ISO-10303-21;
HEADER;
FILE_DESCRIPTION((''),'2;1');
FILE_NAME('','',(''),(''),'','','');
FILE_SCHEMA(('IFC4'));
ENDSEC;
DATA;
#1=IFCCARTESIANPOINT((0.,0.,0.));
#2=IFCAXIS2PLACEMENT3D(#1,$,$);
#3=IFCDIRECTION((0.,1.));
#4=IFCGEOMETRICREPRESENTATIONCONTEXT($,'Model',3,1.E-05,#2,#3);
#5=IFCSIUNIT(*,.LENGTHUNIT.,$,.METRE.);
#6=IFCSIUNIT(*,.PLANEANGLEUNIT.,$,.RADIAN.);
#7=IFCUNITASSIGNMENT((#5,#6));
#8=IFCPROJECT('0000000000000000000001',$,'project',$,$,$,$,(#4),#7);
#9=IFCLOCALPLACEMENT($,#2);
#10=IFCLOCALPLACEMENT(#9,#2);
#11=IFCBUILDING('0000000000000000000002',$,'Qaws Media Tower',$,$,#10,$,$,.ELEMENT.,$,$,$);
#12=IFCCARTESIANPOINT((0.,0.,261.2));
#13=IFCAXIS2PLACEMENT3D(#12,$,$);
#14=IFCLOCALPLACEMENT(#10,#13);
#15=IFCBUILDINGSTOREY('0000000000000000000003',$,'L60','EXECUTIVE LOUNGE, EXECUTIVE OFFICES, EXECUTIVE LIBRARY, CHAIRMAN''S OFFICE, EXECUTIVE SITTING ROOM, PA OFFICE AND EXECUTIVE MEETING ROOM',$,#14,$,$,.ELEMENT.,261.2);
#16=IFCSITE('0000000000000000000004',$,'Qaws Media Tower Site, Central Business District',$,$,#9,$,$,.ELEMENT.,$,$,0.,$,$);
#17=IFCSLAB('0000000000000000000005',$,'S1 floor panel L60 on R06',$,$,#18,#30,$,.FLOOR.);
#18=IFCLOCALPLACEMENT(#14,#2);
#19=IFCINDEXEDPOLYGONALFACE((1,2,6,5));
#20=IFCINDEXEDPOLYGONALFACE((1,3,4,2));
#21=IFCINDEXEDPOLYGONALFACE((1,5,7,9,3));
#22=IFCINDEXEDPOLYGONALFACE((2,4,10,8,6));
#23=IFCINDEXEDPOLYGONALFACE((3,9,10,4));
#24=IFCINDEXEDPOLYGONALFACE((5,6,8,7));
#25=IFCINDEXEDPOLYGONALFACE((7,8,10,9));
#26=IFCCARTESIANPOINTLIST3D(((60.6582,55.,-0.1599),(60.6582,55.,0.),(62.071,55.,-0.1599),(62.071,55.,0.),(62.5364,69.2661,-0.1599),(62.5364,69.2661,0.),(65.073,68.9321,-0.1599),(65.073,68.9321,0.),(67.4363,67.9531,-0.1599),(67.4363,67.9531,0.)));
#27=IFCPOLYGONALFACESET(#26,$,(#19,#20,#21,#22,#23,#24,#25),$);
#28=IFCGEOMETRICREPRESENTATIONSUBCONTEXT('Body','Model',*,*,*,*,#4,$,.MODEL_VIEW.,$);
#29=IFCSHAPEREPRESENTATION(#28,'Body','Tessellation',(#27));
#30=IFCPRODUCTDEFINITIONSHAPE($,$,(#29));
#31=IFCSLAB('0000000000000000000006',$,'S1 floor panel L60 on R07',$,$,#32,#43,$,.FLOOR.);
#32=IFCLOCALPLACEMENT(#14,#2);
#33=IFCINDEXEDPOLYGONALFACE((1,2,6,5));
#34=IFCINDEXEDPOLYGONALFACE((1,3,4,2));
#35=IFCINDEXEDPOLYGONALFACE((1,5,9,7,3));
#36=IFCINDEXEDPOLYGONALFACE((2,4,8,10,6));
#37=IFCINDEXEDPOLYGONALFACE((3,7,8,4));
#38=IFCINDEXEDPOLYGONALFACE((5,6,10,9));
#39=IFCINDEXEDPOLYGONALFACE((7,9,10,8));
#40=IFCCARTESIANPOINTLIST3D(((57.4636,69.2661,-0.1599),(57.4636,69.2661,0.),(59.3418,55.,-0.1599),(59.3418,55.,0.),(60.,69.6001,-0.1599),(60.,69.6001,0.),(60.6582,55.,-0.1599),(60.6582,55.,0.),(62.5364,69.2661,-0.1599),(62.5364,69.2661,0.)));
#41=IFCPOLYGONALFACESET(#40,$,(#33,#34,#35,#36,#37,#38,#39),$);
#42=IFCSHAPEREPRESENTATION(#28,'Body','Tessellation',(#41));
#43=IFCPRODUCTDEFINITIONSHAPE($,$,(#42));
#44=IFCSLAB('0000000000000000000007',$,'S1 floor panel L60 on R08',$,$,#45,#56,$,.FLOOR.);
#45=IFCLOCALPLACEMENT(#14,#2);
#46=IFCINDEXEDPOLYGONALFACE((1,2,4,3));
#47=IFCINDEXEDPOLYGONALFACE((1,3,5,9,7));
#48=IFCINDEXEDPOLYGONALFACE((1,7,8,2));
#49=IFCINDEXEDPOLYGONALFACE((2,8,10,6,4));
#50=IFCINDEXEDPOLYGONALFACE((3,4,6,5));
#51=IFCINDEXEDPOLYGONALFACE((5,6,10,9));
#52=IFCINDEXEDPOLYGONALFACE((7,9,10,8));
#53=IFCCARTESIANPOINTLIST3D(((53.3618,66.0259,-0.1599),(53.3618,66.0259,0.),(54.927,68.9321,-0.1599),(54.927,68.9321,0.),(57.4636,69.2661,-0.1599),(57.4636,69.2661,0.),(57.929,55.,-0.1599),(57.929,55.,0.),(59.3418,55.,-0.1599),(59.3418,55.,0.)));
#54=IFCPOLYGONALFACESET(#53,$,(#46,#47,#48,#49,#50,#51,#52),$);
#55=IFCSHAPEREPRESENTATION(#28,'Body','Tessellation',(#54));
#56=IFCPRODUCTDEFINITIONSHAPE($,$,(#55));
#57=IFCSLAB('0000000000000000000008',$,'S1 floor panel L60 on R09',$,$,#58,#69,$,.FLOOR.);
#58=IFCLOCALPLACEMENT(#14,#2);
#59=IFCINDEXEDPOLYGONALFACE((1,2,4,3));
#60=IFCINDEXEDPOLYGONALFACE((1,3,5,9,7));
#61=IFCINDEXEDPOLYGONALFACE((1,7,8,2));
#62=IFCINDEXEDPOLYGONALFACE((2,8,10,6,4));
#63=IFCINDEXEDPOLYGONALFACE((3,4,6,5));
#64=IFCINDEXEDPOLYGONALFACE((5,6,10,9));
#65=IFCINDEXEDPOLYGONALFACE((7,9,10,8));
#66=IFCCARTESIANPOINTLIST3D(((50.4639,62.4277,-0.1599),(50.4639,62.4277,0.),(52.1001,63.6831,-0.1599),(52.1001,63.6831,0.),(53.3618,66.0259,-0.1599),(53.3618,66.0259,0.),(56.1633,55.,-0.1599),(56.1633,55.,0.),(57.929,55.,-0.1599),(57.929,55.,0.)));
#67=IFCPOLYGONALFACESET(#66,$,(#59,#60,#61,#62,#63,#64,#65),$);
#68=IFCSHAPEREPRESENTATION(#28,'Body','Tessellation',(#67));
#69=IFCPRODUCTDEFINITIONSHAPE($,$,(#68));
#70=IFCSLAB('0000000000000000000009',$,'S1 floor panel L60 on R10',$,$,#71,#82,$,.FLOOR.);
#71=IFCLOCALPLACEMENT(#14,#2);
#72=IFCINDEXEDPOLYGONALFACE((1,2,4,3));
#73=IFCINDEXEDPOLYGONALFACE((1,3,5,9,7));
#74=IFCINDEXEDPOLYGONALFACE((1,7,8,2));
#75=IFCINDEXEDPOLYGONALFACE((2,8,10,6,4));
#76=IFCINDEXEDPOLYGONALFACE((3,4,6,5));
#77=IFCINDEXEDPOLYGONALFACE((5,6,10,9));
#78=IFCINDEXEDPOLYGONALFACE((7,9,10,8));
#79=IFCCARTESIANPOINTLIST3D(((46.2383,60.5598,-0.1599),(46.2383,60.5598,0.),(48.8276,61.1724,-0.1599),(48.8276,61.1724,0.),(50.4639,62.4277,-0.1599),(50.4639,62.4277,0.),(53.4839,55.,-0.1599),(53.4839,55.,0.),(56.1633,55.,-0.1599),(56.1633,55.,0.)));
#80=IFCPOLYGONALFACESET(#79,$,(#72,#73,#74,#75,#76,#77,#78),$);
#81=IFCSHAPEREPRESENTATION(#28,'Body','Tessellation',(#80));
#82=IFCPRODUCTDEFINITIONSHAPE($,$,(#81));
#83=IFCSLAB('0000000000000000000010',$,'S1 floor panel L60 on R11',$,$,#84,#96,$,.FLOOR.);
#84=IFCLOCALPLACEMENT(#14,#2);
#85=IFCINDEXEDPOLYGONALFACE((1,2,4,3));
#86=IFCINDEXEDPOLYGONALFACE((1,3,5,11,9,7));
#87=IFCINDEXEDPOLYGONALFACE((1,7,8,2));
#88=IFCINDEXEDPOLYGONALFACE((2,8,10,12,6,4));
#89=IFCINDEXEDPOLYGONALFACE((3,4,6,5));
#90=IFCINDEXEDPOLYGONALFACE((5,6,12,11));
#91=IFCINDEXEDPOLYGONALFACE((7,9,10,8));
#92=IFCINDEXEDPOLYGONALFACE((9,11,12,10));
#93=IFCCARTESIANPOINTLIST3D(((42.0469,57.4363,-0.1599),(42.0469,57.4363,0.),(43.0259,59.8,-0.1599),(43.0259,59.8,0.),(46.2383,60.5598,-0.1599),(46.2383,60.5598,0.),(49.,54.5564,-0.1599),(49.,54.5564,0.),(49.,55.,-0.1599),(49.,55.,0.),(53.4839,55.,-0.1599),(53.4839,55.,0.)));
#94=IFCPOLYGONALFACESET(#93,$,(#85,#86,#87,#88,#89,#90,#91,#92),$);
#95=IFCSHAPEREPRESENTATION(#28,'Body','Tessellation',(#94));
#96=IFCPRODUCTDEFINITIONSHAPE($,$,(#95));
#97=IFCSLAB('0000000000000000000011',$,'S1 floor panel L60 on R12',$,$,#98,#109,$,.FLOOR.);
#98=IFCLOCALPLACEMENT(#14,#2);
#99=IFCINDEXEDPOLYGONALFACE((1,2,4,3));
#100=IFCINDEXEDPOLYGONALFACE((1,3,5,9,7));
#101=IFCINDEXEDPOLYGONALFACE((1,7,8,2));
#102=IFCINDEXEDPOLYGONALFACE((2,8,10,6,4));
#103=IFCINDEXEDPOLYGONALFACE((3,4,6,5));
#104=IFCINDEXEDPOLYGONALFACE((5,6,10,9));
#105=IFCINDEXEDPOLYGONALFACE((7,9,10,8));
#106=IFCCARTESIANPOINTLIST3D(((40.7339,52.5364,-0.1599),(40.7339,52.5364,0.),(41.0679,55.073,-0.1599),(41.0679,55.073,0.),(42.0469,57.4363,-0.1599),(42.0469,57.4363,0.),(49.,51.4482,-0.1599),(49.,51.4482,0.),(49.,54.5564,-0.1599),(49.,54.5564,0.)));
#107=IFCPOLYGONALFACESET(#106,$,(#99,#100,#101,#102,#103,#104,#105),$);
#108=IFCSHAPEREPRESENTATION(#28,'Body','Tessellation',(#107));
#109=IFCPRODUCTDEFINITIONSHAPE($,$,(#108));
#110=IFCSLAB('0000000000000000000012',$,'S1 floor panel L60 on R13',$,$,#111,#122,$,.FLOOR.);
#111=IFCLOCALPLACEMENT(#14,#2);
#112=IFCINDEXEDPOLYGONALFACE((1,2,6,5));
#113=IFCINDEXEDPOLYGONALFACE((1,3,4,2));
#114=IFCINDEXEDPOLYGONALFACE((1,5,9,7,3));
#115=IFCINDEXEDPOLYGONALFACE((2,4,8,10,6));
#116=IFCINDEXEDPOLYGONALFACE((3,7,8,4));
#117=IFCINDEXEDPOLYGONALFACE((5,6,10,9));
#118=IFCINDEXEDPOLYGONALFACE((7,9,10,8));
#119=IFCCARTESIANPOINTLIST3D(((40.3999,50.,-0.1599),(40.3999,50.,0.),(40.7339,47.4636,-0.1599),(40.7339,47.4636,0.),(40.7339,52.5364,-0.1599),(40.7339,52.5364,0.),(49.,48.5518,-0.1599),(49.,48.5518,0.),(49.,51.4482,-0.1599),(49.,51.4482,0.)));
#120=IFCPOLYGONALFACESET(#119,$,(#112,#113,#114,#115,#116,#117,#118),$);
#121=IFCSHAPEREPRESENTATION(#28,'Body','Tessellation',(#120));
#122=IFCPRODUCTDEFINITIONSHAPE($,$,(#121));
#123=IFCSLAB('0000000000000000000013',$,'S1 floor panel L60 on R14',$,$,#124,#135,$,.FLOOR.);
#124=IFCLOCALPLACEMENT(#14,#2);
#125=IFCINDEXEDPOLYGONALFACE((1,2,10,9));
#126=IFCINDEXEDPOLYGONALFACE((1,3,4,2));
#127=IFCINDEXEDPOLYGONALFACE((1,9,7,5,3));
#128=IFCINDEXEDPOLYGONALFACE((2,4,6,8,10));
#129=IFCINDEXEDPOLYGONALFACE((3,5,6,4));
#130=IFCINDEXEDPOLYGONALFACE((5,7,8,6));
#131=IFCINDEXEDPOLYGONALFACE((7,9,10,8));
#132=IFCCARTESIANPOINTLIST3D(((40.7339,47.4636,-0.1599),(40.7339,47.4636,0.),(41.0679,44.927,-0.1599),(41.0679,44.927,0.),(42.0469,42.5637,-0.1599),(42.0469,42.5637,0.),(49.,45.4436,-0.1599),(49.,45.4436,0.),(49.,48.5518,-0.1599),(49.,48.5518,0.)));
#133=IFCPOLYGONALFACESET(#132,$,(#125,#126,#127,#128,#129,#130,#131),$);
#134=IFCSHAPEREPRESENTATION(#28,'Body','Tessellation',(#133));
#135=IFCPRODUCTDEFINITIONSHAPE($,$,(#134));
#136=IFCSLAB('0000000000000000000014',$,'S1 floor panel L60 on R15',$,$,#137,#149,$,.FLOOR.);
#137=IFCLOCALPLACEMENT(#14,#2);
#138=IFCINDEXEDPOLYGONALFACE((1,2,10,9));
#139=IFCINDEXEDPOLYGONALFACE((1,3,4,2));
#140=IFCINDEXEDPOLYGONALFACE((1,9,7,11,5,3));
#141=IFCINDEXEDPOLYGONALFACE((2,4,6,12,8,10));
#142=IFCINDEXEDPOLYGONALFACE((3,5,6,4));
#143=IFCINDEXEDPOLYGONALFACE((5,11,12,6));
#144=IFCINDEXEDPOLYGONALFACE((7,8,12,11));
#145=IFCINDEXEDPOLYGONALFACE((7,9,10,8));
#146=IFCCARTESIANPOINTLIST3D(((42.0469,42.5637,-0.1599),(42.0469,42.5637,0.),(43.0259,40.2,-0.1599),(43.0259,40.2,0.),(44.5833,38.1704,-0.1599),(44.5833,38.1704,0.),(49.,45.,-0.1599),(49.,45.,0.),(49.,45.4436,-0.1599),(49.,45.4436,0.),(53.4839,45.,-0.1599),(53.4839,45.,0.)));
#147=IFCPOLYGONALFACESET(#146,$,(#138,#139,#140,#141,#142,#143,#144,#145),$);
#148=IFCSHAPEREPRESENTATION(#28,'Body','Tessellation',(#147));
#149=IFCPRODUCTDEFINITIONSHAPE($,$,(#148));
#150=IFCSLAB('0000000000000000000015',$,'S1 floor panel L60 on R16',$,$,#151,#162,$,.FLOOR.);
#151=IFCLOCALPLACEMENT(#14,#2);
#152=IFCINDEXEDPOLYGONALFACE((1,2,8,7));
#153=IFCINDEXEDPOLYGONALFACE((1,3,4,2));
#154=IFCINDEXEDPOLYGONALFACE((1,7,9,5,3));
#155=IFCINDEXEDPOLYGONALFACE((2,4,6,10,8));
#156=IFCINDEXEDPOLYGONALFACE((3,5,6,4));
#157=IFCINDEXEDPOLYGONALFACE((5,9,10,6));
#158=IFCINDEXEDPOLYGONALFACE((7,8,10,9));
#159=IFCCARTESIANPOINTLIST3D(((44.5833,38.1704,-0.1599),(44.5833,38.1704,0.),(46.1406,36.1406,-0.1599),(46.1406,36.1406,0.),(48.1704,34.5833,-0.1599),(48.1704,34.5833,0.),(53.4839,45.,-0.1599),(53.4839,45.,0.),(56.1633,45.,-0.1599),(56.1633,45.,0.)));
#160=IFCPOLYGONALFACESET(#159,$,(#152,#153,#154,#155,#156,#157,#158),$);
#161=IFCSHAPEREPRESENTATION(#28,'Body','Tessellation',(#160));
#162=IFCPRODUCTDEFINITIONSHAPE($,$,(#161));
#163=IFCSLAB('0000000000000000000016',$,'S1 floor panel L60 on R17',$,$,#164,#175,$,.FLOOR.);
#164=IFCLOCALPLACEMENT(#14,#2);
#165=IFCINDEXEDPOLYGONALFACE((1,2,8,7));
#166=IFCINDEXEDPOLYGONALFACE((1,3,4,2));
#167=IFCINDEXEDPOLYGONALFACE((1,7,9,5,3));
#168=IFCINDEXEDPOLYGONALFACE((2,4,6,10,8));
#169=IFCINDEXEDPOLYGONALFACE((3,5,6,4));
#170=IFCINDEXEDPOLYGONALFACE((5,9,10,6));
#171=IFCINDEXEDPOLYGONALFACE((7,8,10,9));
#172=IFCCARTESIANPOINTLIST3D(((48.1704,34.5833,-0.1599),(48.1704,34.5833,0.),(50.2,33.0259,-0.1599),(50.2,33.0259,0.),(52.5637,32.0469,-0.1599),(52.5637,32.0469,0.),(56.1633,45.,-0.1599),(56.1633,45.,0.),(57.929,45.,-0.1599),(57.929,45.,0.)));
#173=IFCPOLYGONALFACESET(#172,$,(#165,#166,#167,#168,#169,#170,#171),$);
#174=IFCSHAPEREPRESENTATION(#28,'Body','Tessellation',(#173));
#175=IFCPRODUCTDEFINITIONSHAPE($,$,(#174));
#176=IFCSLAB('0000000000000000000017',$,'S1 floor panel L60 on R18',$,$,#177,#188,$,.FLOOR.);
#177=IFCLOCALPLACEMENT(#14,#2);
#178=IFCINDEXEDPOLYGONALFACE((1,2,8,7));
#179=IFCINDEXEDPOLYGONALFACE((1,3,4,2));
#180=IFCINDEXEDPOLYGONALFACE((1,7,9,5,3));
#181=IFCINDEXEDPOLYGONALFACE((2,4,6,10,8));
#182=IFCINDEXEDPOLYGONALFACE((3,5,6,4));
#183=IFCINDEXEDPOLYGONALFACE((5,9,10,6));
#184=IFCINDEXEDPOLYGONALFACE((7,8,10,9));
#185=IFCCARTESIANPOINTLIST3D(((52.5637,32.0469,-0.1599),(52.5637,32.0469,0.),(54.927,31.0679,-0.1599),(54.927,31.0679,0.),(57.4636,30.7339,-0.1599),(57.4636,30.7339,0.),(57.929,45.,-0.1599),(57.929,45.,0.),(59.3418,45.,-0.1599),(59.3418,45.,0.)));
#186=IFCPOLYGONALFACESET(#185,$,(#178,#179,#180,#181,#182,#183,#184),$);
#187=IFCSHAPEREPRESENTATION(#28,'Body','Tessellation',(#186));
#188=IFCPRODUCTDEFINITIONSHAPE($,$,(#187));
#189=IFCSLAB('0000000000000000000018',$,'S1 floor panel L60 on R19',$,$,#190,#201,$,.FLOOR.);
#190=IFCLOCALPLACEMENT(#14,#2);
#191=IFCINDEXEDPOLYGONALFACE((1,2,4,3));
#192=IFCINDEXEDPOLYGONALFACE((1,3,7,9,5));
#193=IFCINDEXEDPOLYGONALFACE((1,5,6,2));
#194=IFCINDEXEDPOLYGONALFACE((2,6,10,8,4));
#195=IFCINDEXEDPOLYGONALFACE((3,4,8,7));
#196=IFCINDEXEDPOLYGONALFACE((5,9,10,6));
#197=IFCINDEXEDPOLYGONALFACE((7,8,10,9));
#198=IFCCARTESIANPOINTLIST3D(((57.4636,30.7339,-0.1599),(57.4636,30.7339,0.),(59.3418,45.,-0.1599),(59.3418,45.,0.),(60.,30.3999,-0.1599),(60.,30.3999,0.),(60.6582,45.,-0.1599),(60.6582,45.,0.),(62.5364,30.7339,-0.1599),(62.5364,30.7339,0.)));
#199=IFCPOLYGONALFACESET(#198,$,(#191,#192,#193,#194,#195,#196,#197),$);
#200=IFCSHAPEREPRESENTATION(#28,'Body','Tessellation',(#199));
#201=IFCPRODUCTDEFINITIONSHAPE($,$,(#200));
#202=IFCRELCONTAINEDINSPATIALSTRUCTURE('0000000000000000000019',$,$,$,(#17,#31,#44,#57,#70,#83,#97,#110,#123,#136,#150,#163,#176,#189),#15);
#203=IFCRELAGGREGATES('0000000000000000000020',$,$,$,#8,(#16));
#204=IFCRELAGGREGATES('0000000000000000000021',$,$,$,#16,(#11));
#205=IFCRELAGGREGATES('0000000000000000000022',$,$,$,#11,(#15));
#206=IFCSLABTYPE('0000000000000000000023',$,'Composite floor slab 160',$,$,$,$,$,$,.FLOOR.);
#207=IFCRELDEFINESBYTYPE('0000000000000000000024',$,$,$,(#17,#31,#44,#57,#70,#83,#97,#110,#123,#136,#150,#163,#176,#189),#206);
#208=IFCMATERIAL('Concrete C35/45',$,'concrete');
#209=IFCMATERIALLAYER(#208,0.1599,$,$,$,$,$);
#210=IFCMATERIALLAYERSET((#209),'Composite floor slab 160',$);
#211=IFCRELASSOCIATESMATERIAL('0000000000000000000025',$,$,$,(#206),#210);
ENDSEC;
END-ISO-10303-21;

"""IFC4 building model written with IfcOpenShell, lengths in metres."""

from ifc_helpers import new_model, si_unit, direction, frame, origin, place, context, subcontext, project, spatial, polyline, outline, extrude, material, layer, layer_set, type_object, element, save


model = new_model("IFC4")

# Units and contexts
model_context = context("Model", 3, precision=1e-05, world=origin(), true_north=direction((0.0, 1.0)))
body_context = subcontext(model_context, "Body", "Model", "MODEL_VIEW")
ifc_project = project(units=[si_unit("LENGTHUNIT", "METRE"), si_unit("PLANEANGLEUNIT", "RADIAN")], contexts=[model_context])

# Site, building, storey
site_placement = place(None, origin())
site = spatial("IfcSite", under=ifc_project, at=site_placement, Name="Qaws Media Tower Site, Central Business District", CompositionType="ELEMENT", RefElevation=0.0)
building_placement = place(site_placement, origin())
building = spatial("IfcBuilding", under=site, at=building_placement, Name="Qaws Media Tower", CompositionType="ELEMENT")
storey_placement = place(building_placement, frame((0.0, 0.0, 261.2)))
storey = spatial("IfcBuildingStorey", under=building, at=storey_placement, Name="L60", Description="EXECUTIVE LOUNGE, EXECUTIVE OFFICES, EXECUTIVE LIBRARY, CHAIRMAN'S OFFICE, EXECUTIVE SITTING ROOM, PA OFFICE AND EXECUTIVE MEETING ROOM", CompositionType="ELEMENT", Elevation=261.2)

# Slabs
ifc_material_1 = material(Name="Concrete C35/45", Category="concrete")
ifc_layer_1 = layer(ifc_material_1, 0.1599)
ifc_layer_set_1 = layer_set([ifc_layer_1], Name="Composite floor slab 160")
slab_type_1 = type_object("IfcSlabType", Name="Composite floor slab 160", PredefinedType="FLOOR", material=ifc_layer_set_1)
slab_1_placement = place(storey_placement, frame((0.0, 0.0, -0.1599)))
element("IfcSlab", 1, at=slab_1_placement, inside=storey, type_object=slab_type_1, Name="S1 floor panel L60 on R06", PredefinedType="FLOOR", context=body_context, shape_type="SweptSolid", body=[
    extrude(outline(polyline([(65.073, 68.9321), (67.4363, 67.9531), (62.071, 55.0), (60.6582, 55.0), (62.5364, 69.2661), (65.073, 68.9321)])), origin(), (0.0, 0.0, 1.0), 0.1599),
])
slab_2_placement = place(storey_placement, frame((0.0, 0.0, -0.1599)))
element("IfcSlab", 2, at=slab_2_placement, inside=storey, type_object=slab_type_1, Name="S1 floor panel L60 on R07", PredefinedType="FLOOR", context=body_context, shape_type="SweptSolid", body=[
    extrude(outline(polyline([(60.0, 69.6001), (62.5364, 69.2661), (60.6582, 55.0), (59.3418, 55.0), (57.4636, 69.2661), (60.0, 69.6001)])), origin(), (0.0, 0.0, 1.0), 0.1599),
])
slab_3_placement = place(storey_placement, frame((0.0, 0.0, -0.1599)))
element("IfcSlab", 3, at=slab_3_placement, inside=storey, type_object=slab_type_1, Name="S1 floor panel L60 on R08", PredefinedType="FLOOR", context=body_context, shape_type="SweptSolid", body=[
    extrude(outline(polyline([(54.927, 68.9321), (57.4636, 69.2661), (59.3418, 55.0), (57.929, 55.0), (53.3618, 66.0259), (54.927, 68.9321)])), origin(), (0.0, 0.0, 1.0), 0.1599),
])
slab_4_placement = place(storey_placement, frame((0.0, 0.0, -0.1599)))
element("IfcSlab", 4, at=slab_4_placement, inside=storey, type_object=slab_type_1, Name="S1 floor panel L60 on R09", PredefinedType="FLOOR", context=body_context, shape_type="SweptSolid", body=[
    extrude(outline(polyline([(52.1001, 63.6831), (53.3618, 66.0259), (57.929, 55.0), (56.1633, 55.0), (50.4639, 62.4277), (52.1001, 63.6831)])), origin(), (0.0, 0.0, 1.0), 0.1599),
])
slab_5_placement = place(storey_placement, frame((0.0, 0.0, -0.1599)))
element("IfcSlab", 5, at=slab_5_placement, inside=storey, type_object=slab_type_1, Name="S1 floor panel L60 on R10", PredefinedType="FLOOR", context=body_context, shape_type="SweptSolid", body=[
    extrude(outline(polyline([(48.8276, 61.1724), (50.4639, 62.4277), (56.1633, 55.0), (53.4839, 55.0), (46.2383, 60.5598), (48.8276, 61.1724)])), origin(), (0.0, 0.0, 1.0), 0.1599),
])
slab_6_placement = place(storey_placement, frame((0.0, 0.0, -0.1599)))
element("IfcSlab", 6, at=slab_6_placement, inside=storey, type_object=slab_type_1, Name="S1 floor panel L60 on R11", PredefinedType="FLOOR", context=body_context, shape_type="SweptSolid", body=[
    extrude(outline(polyline([(43.0259, 59.8), (46.2383, 60.5598), (53.4839, 55.0), (49.0, 55.0), (49.0, 54.5564), (42.0469, 57.4363), (43.0259, 59.8)])), origin(), (0.0, 0.0, 1.0), 0.1599),
])
slab_7_placement = place(storey_placement, frame((0.0, 0.0, -0.1599)))
element("IfcSlab", 7, at=slab_7_placement, inside=storey, type_object=slab_type_1, Name="S1 floor panel L60 on R12", PredefinedType="FLOOR", context=body_context, shape_type="SweptSolid", body=[
    extrude(outline(polyline([(41.0679, 55.073), (42.0469, 57.4363), (49.0, 54.5564), (49.0, 51.4482), (40.7339, 52.5364), (41.0679, 55.073)])), origin(), (0.0, 0.0, 1.0), 0.1599),
])
slab_8_placement = place(storey_placement, frame((0.0, 0.0, -0.1599)))
element("IfcSlab", 8, at=slab_8_placement, inside=storey, type_object=slab_type_1, Name="S1 floor panel L60 on R13", PredefinedType="FLOOR", context=body_context, shape_type="SweptSolid", body=[
    extrude(outline(polyline([(40.3999, 50.0), (40.7339, 52.5364), (49.0, 51.4482), (49.0, 48.5518), (40.7339, 47.4636), (40.3999, 50.0)])), origin(), (0.0, 0.0, 1.0), 0.1599),
])
slab_9_placement = place(storey_placement, frame((0.0, 0.0, -0.1599)))
element("IfcSlab", 9, at=slab_9_placement, inside=storey, type_object=slab_type_1, Name="S1 floor panel L60 on R14", PredefinedType="FLOOR", context=body_context, shape_type="SweptSolid", body=[
    extrude(outline(polyline([(41.0679, 44.927), (40.7339, 47.4636), (49.0, 48.5518), (49.0, 45.4436), (42.0469, 42.5637), (41.0679, 44.927)])), origin(), (0.0, 0.0, 1.0), 0.1599),
])
slab_10_placement = place(storey_placement, frame((0.0, 0.0, -0.1599)))
element("IfcSlab", 10, at=slab_10_placement, inside=storey, type_object=slab_type_1, Name="S1 floor panel L60 on R15", PredefinedType="FLOOR", context=body_context, shape_type="SweptSolid", body=[
    extrude(outline(polyline([(43.0259, 40.2), (42.0469, 42.5637), (49.0, 45.4436), (49.0, 45.0), (53.4839, 45.0), (44.5833, 38.1704), (43.0259, 40.2)])), origin(), (0.0, 0.0, 1.0), 0.1599),
])
slab_11_placement = place(storey_placement, frame((0.0, 0.0, -0.1599)))
element("IfcSlab", 11, at=slab_11_placement, inside=storey, type_object=slab_type_1, Name="S1 floor panel L60 on R16", PredefinedType="FLOOR", context=body_context, shape_type="SweptSolid", body=[
    extrude(outline(polyline([(46.1406, 36.1406), (44.5833, 38.1704), (53.4839, 45.0), (56.1633, 45.0), (48.1704, 34.5833), (46.1406, 36.1406)])), origin(), (0.0, 0.0, 1.0), 0.1599),
])
slab_12_placement = place(storey_placement, frame((0.0, 0.0, -0.1599)))
element("IfcSlab", 12, at=slab_12_placement, inside=storey, type_object=slab_type_1, Name="S1 floor panel L60 on R17", PredefinedType="FLOOR", context=body_context, shape_type="SweptSolid", body=[
    extrude(outline(polyline([(50.2, 33.0259), (48.1704, 34.5833), (56.1633, 45.0), (57.929, 45.0), (52.5637, 32.0469), (50.2, 33.0259)])), origin(), (0.0, 0.0, 1.0), 0.1599),
])
slab_13_placement = place(storey_placement, frame((0.0, 0.0, -0.1599)))
element("IfcSlab", 13, at=slab_13_placement, inside=storey, type_object=slab_type_1, Name="S1 floor panel L60 on R18", PredefinedType="FLOOR", context=body_context, shape_type="SweptSolid", body=[
    extrude(outline(polyline([(54.927, 31.0679), (52.5637, 32.0469), (57.929, 45.0), (59.3418, 45.0), (57.4636, 30.7339), (54.927, 31.0679)])), origin(), (0.0, 0.0, 1.0), 0.1599),
])
slab_14_placement = place(storey_placement, frame((0.0, 0.0, -0.1599)))
element("IfcSlab", 14, at=slab_14_placement, inside=storey, type_object=slab_type_1, Name="S1 floor panel L60 on R19", PredefinedType="FLOOR", context=body_context, shape_type="SweptSolid", body=[
    extrude(outline(polyline([(60.0, 30.3999), (57.4636, 30.7339), (59.3418, 45.0), (60.6582, 45.0), (62.5364, 30.7339), (60.0, 30.3999)])), origin(), (0.0, 0.0, 1.0), 0.1599),
])

save(model, "model.ifc")
